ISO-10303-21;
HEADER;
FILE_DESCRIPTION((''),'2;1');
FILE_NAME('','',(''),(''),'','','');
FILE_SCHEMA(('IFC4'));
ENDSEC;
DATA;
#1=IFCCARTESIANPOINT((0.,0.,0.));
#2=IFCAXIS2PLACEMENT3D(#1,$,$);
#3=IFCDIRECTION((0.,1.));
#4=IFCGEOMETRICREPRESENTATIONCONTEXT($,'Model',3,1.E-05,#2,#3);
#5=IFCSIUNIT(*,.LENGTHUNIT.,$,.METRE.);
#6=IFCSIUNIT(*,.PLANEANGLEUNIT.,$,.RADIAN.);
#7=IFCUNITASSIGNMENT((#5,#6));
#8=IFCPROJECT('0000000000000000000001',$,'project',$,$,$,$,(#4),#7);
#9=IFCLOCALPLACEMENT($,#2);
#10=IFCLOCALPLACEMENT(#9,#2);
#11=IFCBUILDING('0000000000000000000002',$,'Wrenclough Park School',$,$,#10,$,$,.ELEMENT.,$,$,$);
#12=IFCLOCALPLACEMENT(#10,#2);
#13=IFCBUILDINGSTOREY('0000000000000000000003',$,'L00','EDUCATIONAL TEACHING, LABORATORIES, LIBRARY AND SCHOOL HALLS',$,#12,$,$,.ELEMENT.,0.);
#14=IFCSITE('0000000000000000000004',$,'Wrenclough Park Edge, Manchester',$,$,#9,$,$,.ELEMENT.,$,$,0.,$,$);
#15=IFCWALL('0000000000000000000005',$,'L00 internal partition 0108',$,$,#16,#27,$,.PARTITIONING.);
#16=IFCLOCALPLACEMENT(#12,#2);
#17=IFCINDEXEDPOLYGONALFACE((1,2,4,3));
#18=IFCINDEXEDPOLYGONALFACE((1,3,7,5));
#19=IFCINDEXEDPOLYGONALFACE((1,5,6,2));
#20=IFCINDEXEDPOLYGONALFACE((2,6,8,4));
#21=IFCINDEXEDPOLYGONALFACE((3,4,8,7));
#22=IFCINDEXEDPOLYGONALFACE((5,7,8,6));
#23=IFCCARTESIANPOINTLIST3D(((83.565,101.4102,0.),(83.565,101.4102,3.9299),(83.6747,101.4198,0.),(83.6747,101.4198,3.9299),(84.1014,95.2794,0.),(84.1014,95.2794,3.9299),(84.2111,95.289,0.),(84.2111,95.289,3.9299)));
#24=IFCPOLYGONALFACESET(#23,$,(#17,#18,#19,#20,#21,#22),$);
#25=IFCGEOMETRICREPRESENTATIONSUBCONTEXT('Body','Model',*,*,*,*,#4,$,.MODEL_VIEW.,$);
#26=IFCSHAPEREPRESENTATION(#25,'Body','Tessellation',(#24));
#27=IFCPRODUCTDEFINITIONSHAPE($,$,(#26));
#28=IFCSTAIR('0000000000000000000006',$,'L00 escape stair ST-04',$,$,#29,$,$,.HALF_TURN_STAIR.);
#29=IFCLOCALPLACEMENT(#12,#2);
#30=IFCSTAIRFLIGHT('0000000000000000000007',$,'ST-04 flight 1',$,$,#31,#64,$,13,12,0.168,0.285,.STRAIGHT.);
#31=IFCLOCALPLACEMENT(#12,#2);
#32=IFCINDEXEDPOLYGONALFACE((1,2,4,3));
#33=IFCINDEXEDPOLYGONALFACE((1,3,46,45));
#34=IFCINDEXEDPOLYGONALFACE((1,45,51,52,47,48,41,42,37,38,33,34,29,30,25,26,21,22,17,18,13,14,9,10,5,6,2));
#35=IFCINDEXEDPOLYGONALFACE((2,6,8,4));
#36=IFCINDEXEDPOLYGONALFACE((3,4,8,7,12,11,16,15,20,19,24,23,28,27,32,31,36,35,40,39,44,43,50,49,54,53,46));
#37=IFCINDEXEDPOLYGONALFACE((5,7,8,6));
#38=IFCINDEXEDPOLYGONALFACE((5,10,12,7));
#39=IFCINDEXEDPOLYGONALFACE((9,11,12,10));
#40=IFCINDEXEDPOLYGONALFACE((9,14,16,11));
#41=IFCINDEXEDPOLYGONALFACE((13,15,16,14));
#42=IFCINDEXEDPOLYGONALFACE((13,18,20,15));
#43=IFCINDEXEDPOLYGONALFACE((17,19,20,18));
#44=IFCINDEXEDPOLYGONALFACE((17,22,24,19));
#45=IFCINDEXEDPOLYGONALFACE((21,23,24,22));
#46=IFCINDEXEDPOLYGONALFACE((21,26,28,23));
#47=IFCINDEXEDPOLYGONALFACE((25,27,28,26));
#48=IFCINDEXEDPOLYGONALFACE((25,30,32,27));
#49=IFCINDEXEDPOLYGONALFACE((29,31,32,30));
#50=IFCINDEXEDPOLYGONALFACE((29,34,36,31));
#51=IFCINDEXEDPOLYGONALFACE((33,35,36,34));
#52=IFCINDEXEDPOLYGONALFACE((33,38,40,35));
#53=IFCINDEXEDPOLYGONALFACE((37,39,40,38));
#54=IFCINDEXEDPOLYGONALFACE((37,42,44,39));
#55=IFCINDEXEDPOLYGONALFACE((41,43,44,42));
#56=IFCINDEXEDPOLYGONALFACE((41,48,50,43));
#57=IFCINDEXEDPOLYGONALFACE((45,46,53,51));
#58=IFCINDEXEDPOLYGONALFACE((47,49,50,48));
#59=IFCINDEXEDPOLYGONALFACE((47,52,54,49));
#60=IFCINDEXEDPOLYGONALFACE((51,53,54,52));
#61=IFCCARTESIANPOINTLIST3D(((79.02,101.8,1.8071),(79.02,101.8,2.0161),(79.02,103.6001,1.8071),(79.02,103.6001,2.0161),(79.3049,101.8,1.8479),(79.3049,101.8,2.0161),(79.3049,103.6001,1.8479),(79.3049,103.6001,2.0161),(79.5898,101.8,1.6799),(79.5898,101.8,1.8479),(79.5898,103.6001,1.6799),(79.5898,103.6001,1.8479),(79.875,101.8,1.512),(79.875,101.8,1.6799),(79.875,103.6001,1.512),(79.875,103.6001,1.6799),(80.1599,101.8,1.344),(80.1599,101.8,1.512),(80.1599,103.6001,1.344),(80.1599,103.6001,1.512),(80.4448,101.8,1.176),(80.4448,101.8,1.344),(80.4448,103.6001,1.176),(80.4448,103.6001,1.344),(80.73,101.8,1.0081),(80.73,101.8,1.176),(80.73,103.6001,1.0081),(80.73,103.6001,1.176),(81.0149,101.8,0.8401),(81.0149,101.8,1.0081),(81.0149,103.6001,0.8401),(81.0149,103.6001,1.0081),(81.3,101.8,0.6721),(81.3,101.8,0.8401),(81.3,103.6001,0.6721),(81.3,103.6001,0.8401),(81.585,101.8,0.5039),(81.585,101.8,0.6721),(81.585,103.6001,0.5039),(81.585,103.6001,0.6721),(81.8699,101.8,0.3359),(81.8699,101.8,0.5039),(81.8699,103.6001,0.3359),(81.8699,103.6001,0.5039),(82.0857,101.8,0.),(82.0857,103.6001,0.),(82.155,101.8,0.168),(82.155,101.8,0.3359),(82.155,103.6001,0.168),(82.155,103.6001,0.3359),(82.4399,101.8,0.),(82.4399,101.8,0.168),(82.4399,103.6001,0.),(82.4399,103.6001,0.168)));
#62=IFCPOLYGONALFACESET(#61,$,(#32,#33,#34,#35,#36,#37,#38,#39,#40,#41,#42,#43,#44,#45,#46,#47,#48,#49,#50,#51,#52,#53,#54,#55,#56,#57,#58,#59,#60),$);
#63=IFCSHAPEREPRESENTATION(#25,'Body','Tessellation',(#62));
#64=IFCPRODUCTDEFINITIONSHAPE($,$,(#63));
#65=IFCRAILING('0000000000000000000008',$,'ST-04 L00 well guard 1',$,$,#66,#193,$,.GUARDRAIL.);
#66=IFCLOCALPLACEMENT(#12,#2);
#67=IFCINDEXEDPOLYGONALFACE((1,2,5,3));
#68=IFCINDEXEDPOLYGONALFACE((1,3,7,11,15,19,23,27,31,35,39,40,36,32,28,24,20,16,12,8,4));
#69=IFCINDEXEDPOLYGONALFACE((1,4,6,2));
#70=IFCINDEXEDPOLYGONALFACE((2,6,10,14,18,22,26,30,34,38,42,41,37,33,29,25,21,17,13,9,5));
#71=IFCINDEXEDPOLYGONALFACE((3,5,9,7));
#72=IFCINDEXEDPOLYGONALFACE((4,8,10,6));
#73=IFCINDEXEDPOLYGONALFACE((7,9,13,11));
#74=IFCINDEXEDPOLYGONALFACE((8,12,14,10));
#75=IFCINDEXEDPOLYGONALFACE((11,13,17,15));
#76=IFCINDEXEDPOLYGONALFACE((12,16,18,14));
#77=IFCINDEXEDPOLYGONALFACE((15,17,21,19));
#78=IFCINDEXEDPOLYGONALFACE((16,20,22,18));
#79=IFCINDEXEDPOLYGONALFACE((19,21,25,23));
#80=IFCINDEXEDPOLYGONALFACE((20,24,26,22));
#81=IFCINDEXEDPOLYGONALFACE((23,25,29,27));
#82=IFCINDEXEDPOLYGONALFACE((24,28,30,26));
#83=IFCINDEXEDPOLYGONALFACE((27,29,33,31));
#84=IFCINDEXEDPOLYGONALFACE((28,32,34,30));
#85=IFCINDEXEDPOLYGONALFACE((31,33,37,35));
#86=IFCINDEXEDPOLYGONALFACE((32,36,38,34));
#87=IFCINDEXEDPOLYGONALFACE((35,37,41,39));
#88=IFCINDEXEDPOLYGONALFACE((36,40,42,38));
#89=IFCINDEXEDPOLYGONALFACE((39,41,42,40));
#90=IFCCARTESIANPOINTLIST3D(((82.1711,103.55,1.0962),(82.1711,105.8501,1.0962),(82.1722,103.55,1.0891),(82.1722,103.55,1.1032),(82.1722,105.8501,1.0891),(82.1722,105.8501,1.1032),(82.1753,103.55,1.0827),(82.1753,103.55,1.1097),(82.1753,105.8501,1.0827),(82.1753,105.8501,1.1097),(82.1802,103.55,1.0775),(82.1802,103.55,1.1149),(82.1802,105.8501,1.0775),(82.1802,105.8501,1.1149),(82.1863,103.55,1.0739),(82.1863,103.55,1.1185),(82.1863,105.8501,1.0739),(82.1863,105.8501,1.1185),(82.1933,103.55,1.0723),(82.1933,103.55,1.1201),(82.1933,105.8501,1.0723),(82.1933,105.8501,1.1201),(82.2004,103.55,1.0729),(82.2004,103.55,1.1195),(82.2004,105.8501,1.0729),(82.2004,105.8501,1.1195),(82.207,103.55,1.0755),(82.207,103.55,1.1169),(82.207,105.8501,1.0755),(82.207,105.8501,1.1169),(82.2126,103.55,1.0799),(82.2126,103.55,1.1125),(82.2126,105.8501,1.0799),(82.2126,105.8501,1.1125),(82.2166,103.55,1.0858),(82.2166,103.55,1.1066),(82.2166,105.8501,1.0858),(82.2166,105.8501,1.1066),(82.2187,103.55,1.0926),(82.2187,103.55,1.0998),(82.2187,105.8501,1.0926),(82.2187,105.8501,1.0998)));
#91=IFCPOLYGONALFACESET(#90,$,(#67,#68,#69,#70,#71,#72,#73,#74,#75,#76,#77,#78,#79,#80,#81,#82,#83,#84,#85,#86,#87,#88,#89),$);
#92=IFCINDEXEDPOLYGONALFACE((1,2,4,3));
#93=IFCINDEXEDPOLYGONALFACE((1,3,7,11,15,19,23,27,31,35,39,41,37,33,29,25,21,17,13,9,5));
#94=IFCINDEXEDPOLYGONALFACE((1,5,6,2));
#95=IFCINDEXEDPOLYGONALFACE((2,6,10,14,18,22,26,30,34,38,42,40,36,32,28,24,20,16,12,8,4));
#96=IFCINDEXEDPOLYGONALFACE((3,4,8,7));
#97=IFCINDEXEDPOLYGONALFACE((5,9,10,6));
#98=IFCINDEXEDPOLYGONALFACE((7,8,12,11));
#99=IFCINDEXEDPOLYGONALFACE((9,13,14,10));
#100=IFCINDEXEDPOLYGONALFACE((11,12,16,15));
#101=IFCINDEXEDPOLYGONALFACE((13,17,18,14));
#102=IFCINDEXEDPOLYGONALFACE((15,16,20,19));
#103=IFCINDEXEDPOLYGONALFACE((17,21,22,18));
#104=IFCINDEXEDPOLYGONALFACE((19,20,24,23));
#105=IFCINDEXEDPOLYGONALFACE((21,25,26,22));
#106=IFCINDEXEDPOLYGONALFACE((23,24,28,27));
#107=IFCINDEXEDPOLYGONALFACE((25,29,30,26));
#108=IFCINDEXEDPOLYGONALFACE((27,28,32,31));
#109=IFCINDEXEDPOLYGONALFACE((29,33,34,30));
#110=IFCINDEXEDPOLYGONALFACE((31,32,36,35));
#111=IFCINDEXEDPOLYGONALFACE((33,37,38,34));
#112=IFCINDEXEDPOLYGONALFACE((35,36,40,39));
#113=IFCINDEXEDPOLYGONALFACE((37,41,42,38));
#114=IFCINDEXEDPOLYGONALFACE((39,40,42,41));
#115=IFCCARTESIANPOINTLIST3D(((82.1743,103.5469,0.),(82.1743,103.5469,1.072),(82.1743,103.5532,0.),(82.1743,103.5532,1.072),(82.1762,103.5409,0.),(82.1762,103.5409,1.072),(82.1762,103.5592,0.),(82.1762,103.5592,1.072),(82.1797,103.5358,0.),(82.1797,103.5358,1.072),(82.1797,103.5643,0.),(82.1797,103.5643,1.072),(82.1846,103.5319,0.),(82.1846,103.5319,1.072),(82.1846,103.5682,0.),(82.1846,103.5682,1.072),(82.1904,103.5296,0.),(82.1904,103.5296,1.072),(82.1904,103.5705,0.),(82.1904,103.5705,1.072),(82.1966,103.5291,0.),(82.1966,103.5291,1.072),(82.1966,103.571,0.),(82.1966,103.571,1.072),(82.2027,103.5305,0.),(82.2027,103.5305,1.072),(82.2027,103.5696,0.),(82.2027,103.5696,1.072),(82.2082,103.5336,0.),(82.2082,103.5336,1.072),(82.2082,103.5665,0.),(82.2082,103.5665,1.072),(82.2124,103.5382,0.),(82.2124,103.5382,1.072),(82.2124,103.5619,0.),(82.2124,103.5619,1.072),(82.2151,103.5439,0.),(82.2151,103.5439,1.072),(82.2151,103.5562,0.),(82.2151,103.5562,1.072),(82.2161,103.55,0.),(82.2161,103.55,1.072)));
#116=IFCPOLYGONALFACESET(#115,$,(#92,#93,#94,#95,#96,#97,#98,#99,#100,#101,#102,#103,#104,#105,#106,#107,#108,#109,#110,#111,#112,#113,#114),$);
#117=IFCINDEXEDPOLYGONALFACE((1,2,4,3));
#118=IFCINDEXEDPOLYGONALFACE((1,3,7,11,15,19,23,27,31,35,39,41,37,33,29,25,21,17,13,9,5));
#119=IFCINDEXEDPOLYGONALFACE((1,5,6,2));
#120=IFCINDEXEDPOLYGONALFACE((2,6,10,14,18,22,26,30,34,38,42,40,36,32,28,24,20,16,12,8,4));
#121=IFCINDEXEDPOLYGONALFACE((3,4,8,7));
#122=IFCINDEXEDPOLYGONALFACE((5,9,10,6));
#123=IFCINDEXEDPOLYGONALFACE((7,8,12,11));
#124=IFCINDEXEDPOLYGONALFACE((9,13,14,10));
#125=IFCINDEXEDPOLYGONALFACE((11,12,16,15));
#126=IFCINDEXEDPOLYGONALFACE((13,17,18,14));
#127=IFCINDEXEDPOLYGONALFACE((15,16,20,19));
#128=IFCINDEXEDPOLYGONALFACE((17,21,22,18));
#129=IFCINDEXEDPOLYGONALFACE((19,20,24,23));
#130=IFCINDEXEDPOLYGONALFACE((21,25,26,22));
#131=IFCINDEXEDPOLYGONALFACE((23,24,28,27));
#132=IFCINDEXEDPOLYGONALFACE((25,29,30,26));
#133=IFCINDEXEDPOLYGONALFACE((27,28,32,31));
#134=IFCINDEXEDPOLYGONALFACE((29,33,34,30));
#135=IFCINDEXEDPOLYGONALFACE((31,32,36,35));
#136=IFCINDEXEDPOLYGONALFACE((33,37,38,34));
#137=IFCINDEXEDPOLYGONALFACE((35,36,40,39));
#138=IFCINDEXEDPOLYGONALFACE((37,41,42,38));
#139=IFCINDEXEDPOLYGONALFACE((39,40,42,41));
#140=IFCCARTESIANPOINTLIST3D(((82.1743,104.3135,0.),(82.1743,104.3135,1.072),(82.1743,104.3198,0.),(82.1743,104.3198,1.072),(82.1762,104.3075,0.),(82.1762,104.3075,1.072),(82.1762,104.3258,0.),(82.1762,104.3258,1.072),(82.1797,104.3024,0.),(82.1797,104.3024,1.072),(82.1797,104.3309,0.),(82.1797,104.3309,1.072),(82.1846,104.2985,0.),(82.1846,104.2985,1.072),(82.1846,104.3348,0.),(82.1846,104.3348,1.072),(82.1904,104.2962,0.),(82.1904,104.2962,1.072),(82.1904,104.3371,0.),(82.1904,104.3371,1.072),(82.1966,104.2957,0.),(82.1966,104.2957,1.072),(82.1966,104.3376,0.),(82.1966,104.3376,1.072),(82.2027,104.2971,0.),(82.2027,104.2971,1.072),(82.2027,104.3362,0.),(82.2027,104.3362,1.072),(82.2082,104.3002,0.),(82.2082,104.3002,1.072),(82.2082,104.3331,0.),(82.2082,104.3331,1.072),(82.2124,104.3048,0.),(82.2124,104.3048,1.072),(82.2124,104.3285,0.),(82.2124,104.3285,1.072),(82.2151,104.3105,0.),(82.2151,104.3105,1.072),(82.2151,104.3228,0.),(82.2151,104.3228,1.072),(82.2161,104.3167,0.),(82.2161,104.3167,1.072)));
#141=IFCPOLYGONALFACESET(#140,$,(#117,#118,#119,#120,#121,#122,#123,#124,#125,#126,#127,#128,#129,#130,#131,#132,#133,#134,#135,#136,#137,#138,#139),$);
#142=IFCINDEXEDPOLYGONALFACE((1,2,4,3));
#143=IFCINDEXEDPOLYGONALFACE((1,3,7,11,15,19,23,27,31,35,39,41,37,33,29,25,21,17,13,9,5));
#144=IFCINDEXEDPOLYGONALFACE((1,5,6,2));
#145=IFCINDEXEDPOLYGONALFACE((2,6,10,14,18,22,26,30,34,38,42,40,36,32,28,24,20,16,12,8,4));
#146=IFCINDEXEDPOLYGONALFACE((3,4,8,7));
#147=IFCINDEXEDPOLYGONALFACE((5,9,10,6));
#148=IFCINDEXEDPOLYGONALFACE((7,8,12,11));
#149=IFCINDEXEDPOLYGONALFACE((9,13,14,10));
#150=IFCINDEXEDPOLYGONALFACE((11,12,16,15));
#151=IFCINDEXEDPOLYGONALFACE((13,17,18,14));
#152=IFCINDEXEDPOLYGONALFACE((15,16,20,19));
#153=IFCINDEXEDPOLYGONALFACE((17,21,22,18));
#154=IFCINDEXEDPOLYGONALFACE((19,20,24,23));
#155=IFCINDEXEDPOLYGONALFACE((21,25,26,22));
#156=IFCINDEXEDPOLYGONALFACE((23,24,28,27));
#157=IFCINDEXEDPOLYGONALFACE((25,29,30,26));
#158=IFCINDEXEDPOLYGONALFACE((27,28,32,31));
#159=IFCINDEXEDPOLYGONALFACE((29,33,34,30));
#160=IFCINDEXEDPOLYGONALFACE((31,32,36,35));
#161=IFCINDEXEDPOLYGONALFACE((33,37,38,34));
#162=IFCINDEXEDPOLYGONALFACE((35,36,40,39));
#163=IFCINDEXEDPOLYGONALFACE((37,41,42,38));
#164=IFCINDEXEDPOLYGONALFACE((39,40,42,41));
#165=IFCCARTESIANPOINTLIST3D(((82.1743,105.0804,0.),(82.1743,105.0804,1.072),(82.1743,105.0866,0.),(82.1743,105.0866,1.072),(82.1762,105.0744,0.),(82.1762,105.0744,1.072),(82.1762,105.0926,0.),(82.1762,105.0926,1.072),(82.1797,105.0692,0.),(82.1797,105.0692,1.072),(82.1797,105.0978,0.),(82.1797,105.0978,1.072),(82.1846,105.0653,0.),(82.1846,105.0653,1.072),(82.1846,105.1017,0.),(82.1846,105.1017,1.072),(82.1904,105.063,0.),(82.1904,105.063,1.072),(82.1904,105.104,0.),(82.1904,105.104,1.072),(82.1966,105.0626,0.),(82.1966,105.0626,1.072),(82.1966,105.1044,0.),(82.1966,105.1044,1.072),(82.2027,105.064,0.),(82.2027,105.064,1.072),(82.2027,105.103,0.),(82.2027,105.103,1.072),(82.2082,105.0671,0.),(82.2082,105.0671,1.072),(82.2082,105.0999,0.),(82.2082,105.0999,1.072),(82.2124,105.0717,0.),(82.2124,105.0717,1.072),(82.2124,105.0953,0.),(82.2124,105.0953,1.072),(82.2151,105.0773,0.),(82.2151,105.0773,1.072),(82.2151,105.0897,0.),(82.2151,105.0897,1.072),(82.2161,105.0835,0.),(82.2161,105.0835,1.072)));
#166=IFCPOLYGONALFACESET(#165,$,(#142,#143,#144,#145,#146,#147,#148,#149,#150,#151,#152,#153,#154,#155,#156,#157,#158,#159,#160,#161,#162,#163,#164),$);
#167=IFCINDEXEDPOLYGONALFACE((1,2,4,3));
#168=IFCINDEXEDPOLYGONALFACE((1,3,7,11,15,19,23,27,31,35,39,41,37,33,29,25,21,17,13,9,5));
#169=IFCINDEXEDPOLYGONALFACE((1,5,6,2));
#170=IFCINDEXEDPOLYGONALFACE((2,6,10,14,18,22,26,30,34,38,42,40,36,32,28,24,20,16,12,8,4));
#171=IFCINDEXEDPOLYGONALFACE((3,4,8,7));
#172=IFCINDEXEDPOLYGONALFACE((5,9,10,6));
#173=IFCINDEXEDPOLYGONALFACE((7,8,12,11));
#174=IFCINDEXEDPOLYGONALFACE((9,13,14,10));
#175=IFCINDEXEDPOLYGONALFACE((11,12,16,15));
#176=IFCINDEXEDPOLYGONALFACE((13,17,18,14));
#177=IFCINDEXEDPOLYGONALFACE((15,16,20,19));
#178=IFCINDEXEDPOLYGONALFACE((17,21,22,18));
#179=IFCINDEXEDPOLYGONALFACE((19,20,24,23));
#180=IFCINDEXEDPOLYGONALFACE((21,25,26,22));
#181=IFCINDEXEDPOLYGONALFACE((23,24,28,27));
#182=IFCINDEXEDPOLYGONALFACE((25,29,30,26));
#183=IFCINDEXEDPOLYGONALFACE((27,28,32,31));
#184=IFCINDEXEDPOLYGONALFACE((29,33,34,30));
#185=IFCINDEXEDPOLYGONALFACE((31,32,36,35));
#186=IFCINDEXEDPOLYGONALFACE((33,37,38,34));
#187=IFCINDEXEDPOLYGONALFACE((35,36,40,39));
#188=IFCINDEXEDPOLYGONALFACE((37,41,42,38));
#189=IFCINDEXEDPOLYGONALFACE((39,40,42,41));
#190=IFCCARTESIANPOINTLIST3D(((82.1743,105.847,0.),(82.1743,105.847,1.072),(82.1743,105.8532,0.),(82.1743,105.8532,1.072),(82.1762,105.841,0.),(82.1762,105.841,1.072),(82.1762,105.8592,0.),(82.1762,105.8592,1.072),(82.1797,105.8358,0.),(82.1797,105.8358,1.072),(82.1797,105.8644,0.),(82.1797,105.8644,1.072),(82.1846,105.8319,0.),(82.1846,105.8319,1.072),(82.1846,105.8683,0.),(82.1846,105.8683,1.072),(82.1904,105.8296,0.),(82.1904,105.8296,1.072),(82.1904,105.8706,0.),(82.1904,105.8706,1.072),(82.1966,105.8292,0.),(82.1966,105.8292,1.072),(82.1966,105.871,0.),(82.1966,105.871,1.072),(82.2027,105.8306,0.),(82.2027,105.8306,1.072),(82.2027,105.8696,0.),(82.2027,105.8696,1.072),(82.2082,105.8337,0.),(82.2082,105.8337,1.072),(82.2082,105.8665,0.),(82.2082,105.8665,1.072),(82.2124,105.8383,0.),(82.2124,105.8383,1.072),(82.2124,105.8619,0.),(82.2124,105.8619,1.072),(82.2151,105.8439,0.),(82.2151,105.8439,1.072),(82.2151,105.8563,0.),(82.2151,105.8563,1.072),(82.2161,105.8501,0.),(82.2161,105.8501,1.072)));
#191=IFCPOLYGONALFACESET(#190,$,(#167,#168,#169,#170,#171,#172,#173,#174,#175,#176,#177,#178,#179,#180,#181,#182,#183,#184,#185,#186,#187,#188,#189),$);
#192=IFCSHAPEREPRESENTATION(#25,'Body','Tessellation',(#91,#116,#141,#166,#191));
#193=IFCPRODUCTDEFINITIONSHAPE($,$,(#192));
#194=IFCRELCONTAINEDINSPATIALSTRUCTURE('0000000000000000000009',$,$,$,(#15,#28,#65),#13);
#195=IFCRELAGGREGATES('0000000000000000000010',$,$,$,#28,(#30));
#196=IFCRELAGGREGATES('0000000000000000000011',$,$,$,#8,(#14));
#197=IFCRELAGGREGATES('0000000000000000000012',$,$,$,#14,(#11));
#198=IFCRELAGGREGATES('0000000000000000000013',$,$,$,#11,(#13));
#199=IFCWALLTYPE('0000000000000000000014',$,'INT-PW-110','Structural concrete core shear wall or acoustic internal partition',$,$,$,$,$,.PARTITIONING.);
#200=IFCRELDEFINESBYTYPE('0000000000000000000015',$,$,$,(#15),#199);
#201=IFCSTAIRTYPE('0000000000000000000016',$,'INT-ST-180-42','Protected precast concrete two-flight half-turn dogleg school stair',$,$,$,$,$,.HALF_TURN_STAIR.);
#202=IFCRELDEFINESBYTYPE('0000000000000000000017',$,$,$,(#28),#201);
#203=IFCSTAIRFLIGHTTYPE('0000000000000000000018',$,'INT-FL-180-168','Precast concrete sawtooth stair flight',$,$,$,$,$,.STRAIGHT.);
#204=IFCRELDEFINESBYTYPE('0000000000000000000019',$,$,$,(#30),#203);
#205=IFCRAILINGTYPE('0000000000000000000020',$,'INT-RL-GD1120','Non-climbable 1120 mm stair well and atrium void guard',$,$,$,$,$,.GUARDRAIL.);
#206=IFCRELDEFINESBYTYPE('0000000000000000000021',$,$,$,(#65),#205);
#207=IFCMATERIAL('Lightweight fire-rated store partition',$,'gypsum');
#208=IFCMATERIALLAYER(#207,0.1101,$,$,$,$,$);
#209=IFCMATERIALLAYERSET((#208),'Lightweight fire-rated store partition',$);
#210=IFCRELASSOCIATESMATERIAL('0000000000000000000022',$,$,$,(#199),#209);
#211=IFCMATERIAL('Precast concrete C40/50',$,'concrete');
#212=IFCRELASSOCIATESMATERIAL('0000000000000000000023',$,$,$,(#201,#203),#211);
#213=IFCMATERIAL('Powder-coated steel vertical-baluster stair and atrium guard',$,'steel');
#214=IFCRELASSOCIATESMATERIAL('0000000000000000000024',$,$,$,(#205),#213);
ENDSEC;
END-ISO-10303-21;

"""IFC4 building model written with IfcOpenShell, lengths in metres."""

from ifc_helpers import new_model, si_unit, direction, frame, frame_2d, origin, origin_2d, place, context, subcontext, project, spatial, polyline, rectangle, circle, outline, extrude, material, layer, layer_set, type_object, element, aggregate, save


model = new_model("IFC4")

# Units and contexts
model_context = context("Model", 3, precision=1e-05, world=origin(), true_north=direction((0.0, 1.0)))
body_context = subcontext(model_context, "Body", "Model", "MODEL_VIEW")
ifc_project = project(units=[si_unit("LENGTHUNIT", "METRE"), si_unit("PLANEANGLEUNIT", "RADIAN")], contexts=[model_context])

# Site, building, storey
site_placement = place(None, origin())
site = spatial("IfcSite", under=ifc_project, at=site_placement, Name="Wrenclough Park Edge, Manchester", CompositionType="ELEMENT", RefElevation=0.0)
building_placement = place(site_placement, origin())
building = spatial("IfcBuilding", under=site, at=building_placement, Name="Wrenclough Park School", CompositionType="ELEMENT")
storey_placement = place(building_placement, origin())
storey = spatial("IfcBuildingStorey", under=building, at=storey_placement, Name="L00", Description="EDUCATIONAL TEACHING, LABORATORIES, LIBRARY AND SCHOOL HALLS", CompositionType="ELEMENT", Elevation=0.0)

# Wall
ifc_material_1 = material(Name="Lightweight fire-rated store partition", Category="gypsum")
ifc_layer_1 = layer(ifc_material_1, 0.1101)
ifc_layer_set_1 = layer_set([ifc_layer_1], Name="Lightweight fire-rated store partition")
wall_type_1 = type_object("IfcWallType", Name="INT-PW-110", Description="Structural concrete core shear wall or acoustic internal partition", PredefinedType="PARTITIONING", material=ifc_layer_set_1)
wall_1_placement = place(storey_placement, frame((83.6199, 101.415, 0.0), z_axis=(0.0, 0.0, 1.0), x_axis=(0.087155, -0.996195, 0.0)))
element("IfcWall", 1, at=wall_1_placement, inside=storey, type_object=wall_type_1, Name="L00 internal partition 0108", PredefinedType="PARTITIONING", context=body_context, shape_type="SweptSolid", body=[
    extrude(rectangle(XDim=6.1543, YDim=0.1101, at=frame_2d((3.0771, 0.0))), origin(), (0.0, 0.0, 1.0), 3.9299),
])

# Stair, stair flight
ifc_material_2 = material(Name="Precast concrete C40/50", Category="concrete")
stair_type = type_object("IfcStairType", Name="INT-ST-180-42", Description="Protected precast concrete two-flight half-turn dogleg school stair", PredefinedType="HALF_TURN_STAIR", material=ifc_material_2)
stair_placement = place(storey_placement, origin())
stair = element("IfcStair", 2, at=stair_placement, inside=storey, type_object=stair_type, Name="L00 escape stair ST-04", PredefinedType="HALF_TURN_STAIR")
stair_flight_type = type_object("IfcStairFlightType", Name="INT-FL-180-168", Description="Precast concrete sawtooth stair flight", PredefinedType="STRAIGHT", material=ifc_material_2)
stair_flight_placement = place(storey_placement, frame((82.4399, 102.7, 0.0), z_axis=(0.0, 0.0, 1.0), x_axis=(-1.0, 0.0, 0.0)))
stair_flight = element("IfcStairFlight", 3, at=stair_flight_placement, type_object=stair_flight_type, Name="ST-04 flight 1", NumberOfRisers=13, NumberOfTreads=12, PredefinedType="STRAIGHT", RiserHeight=0.168, TreadLength=0.285, context=body_context, shape_type="SweptSolid", body=[
    extrude(outline(polyline([(0.0, 0.0), (0.0, 0.168), (0.2849, 0.168), (0.2849, 0.3359), (0.5701, 0.3359), (0.5701, 0.5039), (0.855, 0.5039), (0.855, 0.6721), (1.1399, 0.6721), (1.1399, 0.8401), (1.425, 0.8401), (1.425, 1.0081), (1.71, 1.0081), (1.71, 1.176), (1.9951, 1.176), (1.9951, 1.344), (2.28, 1.344), (2.28, 1.512), (2.5649, 1.512), (2.5649, 1.6799), (2.8501, 1.6799), (2.8501, 1.8479), (3.135, 1.8479), (3.135, 2.0161), (3.4199, 2.0161), (3.4199, 2.1841), (3.4199, 1.8071), (0.3542, 0.0), (0.0, 0.0)])), frame((0.0, 0.8999, 0.0), z_axis=(0.0, -1.0, 0.0), x_axis=(1.0, 0.0, 0.0)), (0.0, 0.0, 1.0), 1.8),
])
aggregate(stair, [stair_flight])

# Railing
ifc_material_3 = material(Name="Powder-coated steel vertical-baluster stair and atrium guard", Category="steel")
railing_type_1 = type_object("IfcRailingType", Name="INT-RL-GD1120", Description="Non-climbable 1120 mm stair well and atrium void guard", PredefinedType="GUARDRAIL", material=ifc_material_3)
railing_1_placement = place(storey_placement, frame((82.1951, 103.55, 0.0)))
element("IfcRailing", 4, at=railing_1_placement, inside=storey, type_object=railing_type_1, Name="ST-04 L00 well guard 1", PredefinedType="GUARDRAIL", context=body_context, shape_type="SweptSolid", body=[
    extrude(circle(Radius=0.0239, at=origin_2d()), frame((0.0, 0.0, 1.0962), z_axis=(0.0, 1.0, 0.0), x_axis=(-1.0, 0.0, 0.0)), (0.0, 0.0, 1.0), 2.3),
    extrude(circle(Radius=0.021, at=origin_2d()), origin(), (0.0, 0.0, 1.0), 1.072),
    extrude(circle(Radius=0.021, at=origin_2d()), frame((0.0, 0.7666, 0.0)), (0.0, 0.0, 1.0), 1.072),
    extrude(circle(Radius=0.021, at=origin_2d()), frame((0.0, 1.5334, 0.0)), (0.0, 0.0, 1.0), 1.072),
    extrude(circle(Radius=0.021, at=origin_2d()), frame((0.0, 2.3, 0.0)), (0.0, 0.0, 1.0), 1.072),
])

save(model, "model.ifc")
